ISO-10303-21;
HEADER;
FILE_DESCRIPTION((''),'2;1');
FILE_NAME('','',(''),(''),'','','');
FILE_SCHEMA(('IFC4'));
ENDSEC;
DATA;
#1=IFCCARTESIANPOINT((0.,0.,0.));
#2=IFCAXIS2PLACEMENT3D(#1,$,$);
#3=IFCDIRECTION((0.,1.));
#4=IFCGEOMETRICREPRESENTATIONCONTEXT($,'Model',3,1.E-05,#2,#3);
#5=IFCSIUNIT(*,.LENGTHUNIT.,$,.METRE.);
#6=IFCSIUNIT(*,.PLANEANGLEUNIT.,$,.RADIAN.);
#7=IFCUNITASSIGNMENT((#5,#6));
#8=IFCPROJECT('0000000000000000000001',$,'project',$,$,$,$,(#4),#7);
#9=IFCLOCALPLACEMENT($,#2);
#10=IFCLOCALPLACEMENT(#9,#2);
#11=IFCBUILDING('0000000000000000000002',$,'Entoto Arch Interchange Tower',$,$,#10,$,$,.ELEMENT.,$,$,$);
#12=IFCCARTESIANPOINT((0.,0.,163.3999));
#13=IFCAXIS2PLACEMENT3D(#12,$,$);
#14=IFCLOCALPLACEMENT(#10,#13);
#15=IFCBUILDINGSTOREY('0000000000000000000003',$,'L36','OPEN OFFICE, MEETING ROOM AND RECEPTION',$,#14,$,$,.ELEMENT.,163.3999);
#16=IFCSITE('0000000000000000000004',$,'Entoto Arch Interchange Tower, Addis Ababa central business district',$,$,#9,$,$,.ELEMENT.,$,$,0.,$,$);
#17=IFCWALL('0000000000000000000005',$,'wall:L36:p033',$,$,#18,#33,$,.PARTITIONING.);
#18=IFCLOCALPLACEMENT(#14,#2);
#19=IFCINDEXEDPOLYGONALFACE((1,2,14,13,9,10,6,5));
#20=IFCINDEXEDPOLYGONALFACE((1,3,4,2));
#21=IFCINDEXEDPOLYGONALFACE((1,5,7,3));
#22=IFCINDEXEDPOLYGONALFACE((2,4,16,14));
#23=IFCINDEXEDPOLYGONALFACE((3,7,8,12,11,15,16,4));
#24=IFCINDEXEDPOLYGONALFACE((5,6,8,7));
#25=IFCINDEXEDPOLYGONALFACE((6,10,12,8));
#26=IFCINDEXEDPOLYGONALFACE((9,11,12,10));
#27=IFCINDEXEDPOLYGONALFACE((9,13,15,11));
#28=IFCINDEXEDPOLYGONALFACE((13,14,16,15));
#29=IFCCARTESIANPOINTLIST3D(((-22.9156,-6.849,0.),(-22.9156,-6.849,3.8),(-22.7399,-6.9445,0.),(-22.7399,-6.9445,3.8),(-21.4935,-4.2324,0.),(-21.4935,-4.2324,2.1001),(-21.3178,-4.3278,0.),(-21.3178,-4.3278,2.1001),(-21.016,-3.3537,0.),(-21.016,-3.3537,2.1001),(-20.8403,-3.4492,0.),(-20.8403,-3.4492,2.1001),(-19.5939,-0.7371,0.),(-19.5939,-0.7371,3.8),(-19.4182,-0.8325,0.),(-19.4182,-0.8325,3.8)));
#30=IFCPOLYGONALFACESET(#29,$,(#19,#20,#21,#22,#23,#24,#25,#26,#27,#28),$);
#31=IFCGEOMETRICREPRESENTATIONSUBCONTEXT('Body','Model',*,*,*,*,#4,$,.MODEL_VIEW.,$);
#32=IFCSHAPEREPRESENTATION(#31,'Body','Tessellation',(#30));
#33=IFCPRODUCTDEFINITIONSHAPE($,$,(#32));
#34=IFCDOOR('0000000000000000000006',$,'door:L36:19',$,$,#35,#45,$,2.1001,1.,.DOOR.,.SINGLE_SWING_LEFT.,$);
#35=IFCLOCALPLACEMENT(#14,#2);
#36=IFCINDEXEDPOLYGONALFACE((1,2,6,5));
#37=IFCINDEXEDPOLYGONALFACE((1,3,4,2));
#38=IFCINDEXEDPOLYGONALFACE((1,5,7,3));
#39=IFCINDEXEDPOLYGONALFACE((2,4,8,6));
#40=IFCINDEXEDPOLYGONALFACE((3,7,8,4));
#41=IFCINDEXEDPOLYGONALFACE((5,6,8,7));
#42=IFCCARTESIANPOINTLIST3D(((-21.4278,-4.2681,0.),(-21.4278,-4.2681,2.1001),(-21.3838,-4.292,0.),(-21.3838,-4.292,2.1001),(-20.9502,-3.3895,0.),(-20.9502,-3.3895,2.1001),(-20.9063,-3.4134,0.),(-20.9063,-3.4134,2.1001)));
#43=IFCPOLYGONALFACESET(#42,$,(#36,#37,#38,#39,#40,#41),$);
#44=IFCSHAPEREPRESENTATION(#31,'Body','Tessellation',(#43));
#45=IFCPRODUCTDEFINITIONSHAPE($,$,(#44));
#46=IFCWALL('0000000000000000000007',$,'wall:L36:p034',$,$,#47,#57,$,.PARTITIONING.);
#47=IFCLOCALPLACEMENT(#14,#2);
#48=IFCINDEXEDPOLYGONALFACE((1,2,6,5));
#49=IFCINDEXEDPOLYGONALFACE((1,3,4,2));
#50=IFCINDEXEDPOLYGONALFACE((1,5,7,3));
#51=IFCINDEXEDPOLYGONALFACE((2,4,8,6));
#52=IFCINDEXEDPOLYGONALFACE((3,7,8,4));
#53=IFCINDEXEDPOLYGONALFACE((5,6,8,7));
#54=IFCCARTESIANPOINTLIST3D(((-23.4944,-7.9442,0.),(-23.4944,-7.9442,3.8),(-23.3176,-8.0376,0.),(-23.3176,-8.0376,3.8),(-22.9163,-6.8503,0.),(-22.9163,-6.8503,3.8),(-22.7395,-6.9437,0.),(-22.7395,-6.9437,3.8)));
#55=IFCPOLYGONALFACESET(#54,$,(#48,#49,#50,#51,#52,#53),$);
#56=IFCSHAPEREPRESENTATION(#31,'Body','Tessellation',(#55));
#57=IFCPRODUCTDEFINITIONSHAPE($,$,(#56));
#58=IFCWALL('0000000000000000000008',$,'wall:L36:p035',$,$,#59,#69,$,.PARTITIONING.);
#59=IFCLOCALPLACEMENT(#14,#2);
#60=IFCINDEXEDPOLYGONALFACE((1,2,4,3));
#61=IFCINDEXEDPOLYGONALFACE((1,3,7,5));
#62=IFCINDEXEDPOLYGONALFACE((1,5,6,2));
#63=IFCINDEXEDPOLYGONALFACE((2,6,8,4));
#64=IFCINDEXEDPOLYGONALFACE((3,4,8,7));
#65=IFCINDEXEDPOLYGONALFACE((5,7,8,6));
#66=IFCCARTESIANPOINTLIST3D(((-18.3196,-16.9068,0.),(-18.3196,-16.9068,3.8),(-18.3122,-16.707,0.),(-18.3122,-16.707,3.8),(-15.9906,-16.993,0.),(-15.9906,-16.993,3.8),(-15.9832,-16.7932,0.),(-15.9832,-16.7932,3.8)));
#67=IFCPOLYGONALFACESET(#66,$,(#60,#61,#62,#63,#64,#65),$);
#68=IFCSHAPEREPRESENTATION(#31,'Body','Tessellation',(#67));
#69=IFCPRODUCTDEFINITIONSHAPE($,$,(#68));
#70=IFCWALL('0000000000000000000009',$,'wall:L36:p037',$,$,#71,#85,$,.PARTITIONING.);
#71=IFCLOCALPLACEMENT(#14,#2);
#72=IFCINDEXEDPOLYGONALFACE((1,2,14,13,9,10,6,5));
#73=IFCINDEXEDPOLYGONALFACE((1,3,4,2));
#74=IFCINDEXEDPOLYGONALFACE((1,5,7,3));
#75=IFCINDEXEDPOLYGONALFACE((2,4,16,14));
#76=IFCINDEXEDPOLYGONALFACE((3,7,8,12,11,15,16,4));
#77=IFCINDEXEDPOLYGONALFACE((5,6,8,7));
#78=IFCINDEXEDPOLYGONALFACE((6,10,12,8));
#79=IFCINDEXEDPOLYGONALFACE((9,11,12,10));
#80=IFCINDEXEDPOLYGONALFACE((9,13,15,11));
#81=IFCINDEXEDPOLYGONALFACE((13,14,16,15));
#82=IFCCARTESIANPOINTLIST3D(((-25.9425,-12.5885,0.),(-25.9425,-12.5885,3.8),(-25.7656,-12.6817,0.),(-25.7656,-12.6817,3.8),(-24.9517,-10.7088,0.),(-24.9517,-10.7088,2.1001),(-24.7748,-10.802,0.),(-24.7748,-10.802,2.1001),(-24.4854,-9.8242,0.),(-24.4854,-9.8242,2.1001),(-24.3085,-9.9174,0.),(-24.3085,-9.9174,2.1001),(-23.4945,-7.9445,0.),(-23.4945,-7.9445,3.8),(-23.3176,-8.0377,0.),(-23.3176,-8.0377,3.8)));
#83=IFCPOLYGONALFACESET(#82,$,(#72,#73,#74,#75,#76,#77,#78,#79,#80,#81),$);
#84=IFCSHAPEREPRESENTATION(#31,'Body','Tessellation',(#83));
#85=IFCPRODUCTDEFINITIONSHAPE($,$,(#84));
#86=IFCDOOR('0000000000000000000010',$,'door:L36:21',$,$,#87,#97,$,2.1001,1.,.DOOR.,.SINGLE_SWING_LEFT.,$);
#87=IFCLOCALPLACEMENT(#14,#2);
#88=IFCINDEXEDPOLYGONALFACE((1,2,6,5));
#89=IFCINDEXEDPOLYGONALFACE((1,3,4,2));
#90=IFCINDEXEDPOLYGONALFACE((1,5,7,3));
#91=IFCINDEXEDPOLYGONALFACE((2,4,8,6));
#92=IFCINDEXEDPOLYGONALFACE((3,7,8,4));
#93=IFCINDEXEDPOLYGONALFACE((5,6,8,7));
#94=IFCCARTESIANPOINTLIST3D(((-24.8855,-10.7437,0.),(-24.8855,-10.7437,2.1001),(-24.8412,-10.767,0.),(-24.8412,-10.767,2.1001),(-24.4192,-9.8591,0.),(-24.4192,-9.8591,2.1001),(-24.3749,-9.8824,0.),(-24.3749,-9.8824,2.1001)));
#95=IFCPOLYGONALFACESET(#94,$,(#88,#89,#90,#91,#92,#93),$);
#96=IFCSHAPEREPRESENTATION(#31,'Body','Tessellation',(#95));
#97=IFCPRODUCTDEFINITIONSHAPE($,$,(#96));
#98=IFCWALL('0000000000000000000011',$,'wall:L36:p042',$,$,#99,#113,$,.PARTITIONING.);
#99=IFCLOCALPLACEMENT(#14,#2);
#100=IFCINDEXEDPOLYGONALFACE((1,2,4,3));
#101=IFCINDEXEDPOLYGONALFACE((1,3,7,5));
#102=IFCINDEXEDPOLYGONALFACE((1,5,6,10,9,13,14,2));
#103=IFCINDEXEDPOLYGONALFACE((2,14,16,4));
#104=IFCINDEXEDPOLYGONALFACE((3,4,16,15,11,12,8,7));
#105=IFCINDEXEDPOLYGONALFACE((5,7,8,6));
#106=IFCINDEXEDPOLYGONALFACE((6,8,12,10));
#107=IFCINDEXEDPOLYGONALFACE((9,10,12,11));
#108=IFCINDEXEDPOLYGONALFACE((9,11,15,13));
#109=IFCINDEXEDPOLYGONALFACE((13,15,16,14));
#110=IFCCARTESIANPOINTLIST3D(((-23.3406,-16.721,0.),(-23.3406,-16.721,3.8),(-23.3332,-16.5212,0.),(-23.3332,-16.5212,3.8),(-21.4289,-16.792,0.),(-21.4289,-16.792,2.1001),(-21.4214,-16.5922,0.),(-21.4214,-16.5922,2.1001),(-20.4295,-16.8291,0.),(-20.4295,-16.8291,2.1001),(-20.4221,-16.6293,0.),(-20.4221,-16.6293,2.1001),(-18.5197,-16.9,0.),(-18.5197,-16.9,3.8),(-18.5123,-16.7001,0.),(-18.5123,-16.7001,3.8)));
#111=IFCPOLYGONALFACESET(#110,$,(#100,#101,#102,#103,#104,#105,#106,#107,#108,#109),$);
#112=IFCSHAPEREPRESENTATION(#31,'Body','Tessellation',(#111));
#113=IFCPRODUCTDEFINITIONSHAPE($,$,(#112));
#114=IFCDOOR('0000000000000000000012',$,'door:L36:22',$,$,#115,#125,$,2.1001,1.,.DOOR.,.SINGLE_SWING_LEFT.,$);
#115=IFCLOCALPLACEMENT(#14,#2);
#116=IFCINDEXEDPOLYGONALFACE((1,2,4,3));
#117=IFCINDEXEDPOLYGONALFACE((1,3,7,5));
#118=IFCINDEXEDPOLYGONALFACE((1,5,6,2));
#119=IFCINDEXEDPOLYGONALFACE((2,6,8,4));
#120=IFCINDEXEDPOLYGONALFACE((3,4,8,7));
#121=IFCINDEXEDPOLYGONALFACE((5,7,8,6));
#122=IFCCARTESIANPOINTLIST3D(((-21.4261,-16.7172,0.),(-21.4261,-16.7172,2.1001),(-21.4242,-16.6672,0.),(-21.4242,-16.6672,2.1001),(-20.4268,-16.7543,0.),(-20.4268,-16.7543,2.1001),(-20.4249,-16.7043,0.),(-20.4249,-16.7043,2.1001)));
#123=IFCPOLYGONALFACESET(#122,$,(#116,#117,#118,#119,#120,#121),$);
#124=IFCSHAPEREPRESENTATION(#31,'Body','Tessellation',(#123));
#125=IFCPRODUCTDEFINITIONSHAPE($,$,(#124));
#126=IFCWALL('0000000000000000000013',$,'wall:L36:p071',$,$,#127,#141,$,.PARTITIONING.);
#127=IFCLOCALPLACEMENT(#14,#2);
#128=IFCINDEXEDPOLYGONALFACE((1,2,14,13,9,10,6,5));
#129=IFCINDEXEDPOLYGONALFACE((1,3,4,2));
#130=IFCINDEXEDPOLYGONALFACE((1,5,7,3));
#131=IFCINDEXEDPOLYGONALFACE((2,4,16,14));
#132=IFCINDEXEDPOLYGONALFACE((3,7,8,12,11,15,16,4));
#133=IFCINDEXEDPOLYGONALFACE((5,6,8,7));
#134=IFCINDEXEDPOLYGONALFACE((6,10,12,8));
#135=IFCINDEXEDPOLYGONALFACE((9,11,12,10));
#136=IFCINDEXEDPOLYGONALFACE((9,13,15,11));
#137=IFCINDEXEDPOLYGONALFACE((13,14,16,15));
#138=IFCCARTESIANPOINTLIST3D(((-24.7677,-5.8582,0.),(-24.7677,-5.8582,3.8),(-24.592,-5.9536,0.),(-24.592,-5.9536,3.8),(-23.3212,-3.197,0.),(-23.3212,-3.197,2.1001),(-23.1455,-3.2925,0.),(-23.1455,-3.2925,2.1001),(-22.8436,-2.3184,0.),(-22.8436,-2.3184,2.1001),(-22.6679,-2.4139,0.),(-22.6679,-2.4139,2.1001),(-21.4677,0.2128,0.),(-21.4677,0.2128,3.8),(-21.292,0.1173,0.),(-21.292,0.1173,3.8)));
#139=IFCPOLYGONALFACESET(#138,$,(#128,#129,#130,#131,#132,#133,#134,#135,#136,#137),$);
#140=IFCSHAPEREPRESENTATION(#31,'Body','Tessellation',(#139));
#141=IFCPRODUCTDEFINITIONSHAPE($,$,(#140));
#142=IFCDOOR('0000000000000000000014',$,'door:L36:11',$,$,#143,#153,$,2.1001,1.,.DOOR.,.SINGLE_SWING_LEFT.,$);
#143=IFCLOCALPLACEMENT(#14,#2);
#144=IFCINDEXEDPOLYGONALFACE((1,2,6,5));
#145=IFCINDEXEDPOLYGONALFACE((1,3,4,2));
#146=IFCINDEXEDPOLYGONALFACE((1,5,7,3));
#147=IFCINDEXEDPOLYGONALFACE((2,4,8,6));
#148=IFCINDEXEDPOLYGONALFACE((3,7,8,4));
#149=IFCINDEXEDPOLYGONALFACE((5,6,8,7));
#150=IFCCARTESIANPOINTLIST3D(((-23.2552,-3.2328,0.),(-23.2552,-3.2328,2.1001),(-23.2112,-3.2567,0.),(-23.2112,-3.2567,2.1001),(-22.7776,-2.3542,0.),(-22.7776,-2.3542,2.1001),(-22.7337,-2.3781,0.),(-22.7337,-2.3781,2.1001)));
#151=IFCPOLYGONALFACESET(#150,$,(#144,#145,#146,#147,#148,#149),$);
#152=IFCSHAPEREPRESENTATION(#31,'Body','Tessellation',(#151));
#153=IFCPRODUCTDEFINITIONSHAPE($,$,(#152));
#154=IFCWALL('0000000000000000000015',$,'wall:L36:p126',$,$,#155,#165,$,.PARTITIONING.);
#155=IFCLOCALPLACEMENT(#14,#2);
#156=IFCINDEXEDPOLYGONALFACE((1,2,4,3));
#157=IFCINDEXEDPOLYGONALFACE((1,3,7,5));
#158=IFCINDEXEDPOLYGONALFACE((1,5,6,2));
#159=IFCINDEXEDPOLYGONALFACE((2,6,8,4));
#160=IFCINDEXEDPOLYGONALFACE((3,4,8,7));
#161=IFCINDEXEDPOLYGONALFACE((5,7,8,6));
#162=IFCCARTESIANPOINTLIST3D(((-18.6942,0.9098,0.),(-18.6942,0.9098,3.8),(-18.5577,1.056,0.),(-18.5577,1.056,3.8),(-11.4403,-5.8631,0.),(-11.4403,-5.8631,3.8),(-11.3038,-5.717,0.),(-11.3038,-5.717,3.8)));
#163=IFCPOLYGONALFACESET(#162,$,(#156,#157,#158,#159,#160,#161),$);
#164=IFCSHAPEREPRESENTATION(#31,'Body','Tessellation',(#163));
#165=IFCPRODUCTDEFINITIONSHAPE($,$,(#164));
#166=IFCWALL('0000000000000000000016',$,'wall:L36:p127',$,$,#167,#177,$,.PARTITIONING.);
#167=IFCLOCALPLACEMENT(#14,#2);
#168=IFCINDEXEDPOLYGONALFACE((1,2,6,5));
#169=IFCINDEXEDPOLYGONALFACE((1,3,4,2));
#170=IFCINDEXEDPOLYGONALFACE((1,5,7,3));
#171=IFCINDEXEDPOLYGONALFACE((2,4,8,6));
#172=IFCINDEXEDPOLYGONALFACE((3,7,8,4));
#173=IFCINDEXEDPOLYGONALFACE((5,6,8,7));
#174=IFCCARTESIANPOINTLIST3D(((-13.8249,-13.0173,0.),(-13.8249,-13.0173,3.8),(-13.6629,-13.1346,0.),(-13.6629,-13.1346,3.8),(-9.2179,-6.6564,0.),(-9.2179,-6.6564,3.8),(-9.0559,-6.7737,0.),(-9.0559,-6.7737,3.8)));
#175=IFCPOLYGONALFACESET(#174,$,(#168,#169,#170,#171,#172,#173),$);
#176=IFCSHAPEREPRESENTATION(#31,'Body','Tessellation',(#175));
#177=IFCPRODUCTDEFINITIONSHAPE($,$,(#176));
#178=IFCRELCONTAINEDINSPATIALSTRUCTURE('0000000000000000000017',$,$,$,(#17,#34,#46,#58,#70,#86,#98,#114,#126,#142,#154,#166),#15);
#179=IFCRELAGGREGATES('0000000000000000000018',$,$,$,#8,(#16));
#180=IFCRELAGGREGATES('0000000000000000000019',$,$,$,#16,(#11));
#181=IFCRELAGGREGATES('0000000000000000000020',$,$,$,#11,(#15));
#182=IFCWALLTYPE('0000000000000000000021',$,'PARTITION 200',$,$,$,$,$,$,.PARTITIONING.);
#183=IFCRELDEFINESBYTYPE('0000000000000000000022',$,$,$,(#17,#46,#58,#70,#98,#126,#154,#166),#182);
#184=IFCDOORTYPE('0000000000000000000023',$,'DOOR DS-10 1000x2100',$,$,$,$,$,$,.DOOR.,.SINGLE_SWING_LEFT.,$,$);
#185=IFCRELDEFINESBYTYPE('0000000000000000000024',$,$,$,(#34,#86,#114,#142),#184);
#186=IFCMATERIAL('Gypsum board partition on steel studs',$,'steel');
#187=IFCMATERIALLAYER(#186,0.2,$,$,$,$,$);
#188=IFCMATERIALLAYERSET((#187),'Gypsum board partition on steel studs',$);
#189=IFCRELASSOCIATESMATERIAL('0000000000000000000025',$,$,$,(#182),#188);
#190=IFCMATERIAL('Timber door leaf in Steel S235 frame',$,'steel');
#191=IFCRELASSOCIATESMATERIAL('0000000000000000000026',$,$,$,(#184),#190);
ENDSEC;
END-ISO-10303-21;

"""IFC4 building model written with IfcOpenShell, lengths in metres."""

from ifc_helpers import new_model, si_unit, direction, frame, frame_2d, origin, place, context, subcontext, project, spatial, rectangle, extrude, material, layer, layer_set, type_object, element, fill, save


model = new_model("IFC4")

# Units and contexts
model_context = context("Model", 3, precision=1e-05, world=origin(), true_north=direction((0.0, 1.0)))
body_context = subcontext(model_context, "Body", "Model", "MODEL_VIEW")
ifc_project = project(units=[si_unit("LENGTHUNIT", "METRE"), si_unit("PLANEANGLEUNIT", "RADIAN")], contexts=[model_context])

# Site, building, storey
site_placement = place(None, origin())
site = spatial("IfcSite", under=ifc_project, at=site_placement, Name="Entoto Arch Interchange Tower, Addis Ababa central business district", CompositionType="ELEMENT", RefElevation=0.0)
building_placement = place(site_placement, origin())
building = spatial("IfcBuilding", under=site, at=building_placement, Name="Entoto Arch Interchange Tower", CompositionType="ELEMENT")
storey_placement = place(building_placement, frame((0.0, 0.0, 163.3999)))
storey = spatial("IfcBuildingStorey", under=building, at=storey_placement, Name="L36", Description="OPEN OFFICE, MEETING ROOM AND RECEPTION", CompositionType="ELEMENT", Elevation=163.3999)

# Wall, opening, door
ifc_material_1 = material(Name="Gypsum board partition on steel studs", Category="steel")
ifc_layer = layer(ifc_material_1, 0.2)
ifc_layer_set = layer_set([ifc_layer], Name="Gypsum board partition on steel studs")
wall_type = type_object("IfcWallType", Name="PARTITION 200", PredefinedType="PARTITIONING", material=ifc_layer_set)
wall_1_placement = place(storey_placement, frame((-19.5061, -0.7849, 0.0), z_axis=(0.0, 0.0, 1.0), x_axis=(-0.477514, -0.878624, 0.0)))
wall_1 = element("IfcWall", 1, at=wall_1_placement, inside=storey, type_object=wall_type, Name="wall:L36:p033", PredefinedType="PARTITIONING", context=body_context, shape_type="SweptSolid", body=[
    extrude(rectangle(XDim=6.9563, YDim=0.2, at=frame_2d((3.478, 0.0))), origin(), (0.0, 0.0, 1.0), 3.8),
])
opening_1_placement = place(wall_1_placement, frame((2.978, 0.0, 0.0)))
opening_1 = element("IfcOpeningElement", 2, at=opening_1_placement, cuts=wall_1, PredefinedType="OPENING", context=body_context, shape_type="SweptSolid", body=[
    extrude(rectangle(XDim=1.0, YDim=2.1001, at=frame_2d((0.5, 1.05))), frame((0.0, 0.1099, 0.0), z_axis=(0.0, -1.0, 0.0), x_axis=(1.0, 0.0, 0.0)), (0.0, 0.0, 1.0), 0.22),
])
ifc_material_2 = material(Name="Timber door leaf in Steel S235 frame", Category="steel")
door_type = type_object("IfcDoorType", Name="DOOR DS-10 1000x2100", OperationType="SINGLE_SWING_LEFT", PredefinedType="DOOR", material=ifc_material_2)
door_1_placement = place(opening_1_placement, origin())
door_1 = element("IfcDoor", 3, at=door_1_placement, inside=storey, type_object=door_type, Name="door:L36:19", OperationType="SINGLE_SWING_LEFT", OverallHeight=2.1001, OverallWidth=1.0, PredefinedType="DOOR", context=body_context, shape_type="SweptSolid", body=[
    extrude(rectangle(XDim=1.0, YDim=2.1001, at=frame_2d((0.5, 1.05))), frame((0.0, 0.0249, 0.0), z_axis=(0.0, -1.0, 0.0), x_axis=(1.0, 0.0, 0.0)), (0.0, 0.0, 1.0), 0.05),
])
fill(opening_1, door_1)

# Walls
wall_2_placement = place(storey_placement, frame((-22.8279, -6.897, 0.0), z_axis=(0.0, 0.0, 1.0), x_axis=(-0.467226, -0.884138, 0.0)))
element("IfcWall", 4, at=wall_2_placement, inside=storey, type_object=wall_type, Name="wall:L36:p034", PredefinedType="PARTITIONING", context=body_context, shape_type="SweptSolid", body=[
    extrude(rectangle(XDim=1.2373, YDim=0.2, at=frame_2d((0.6187, 0.0))), origin(), (0.0, 0.0, 1.0), 3.8),
])
wall_3_placement = place(storey_placement, frame((-18.3159, -16.8069, 0.0), z_axis=(0.0, 0.0, 1.0), x_axis=(0.999316, -0.036981, 0.0)))
element("IfcWall", 5, at=wall_3_placement, inside=storey, type_object=wall_type, Name="wall:L36:p035", PredefinedType="PARTITIONING", context=body_context, shape_type="SweptSolid", body=[
    extrude(rectangle(XDim=2.3306, YDim=0.2, at=frame_2d((1.1653, 0.0))), origin(), (0.0, 0.0, 1.0), 3.8),
])

# Walls, openings, doors
wall_4_placement = place(storey_placement, frame((-23.406, -7.991, 0.0), z_axis=(0.0, 0.0, 1.0), x_axis=(-0.466308, -0.884622, 0.0)))
wall_4 = element("IfcWall", 6, at=wall_4_placement, inside=storey, type_object=wall_type, Name="wall:L36:p037", PredefinedType="PARTITIONING", context=body_context, shape_type="SweptSolid", body=[
    extrude(rectangle(XDim=5.2498, YDim=0.2, at=frame_2d((2.625, 0.0))), origin(), (0.0, 0.0, 1.0), 3.8),
])
opening_2_placement = place(wall_4_placement, frame((2.125, 0.0, 0.0)))
opening_2 = element("IfcOpeningElement", 7, at=opening_2_placement, cuts=wall_4, PredefinedType="OPENING", context=body_context, shape_type="SweptSolid", body=[
    extrude(rectangle(XDim=1.0, YDim=2.1001, at=frame_2d((0.5, 1.05))), frame((0.0, 0.1099, 0.0), z_axis=(0.0, -1.0, 0.0), x_axis=(1.0, 0.0, 0.0)), (0.0, 0.0, 1.0), 0.22),
])
door_2_placement = place(opening_2_placement, origin())
door_2 = element("IfcDoor", 8, at=door_2_placement, inside=storey, type_object=door_type, Name="door:L36:21", OperationType="SINGLE_SWING_LEFT", OverallHeight=2.1001, OverallWidth=1.0, PredefinedType="DOOR", context=body_context, shape_type="SweptSolid", body=[
    extrude(rectangle(XDim=1.0, YDim=2.1001, at=frame_2d((0.5, 1.05))), frame((0.0, 0.0249, 0.0), z_axis=(0.0, -1.0, 0.0), x_axis=(1.0, 0.0, 0.0)), (0.0, 0.0, 1.0), 0.05),
])
fill(opening_2, door_2)
wall_5_placement = place(storey_placement, frame((-23.3369, -16.6211, 0.0), z_axis=(0.0, 0.0, 1.0), x_axis=(0.999312, -0.037096, 0.0)))
wall_5 = element("IfcWall", 9, at=wall_5_placement, inside=storey, type_object=wall_type, Name="wall:L36:p042", PredefinedType="PARTITIONING", context=body_context, shape_type="SweptSolid", body=[
    extrude(rectangle(XDim=4.8242, YDim=0.2, at=frame_2d((2.4121, 0.0))), origin(), (0.0, 0.0, 1.0), 3.8),
])
opening_3_placement = place(wall_5_placement, frame((1.9131, 0.0, 0.0)))
opening_3 = element("IfcOpeningElement", 10, at=opening_3_placement, cuts=wall_5, PredefinedType="OPENING", context=body_context, shape_type="SweptSolid", body=[
    extrude(rectangle(XDim=1.0, YDim=2.1001, at=frame_2d((0.5, 1.05))), frame((0.0, 0.1099, 0.0), z_axis=(0.0, -1.0, 0.0), x_axis=(1.0, 0.0, 0.0)), (0.0, 0.0, 1.0), 0.22),
])
door_3_placement = place(opening_3_placement, origin())
door_3 = element("IfcDoor", 11, at=door_3_placement, inside=storey, type_object=door_type, Name="door:L36:22", OperationType="SINGLE_SWING_LEFT", OverallHeight=2.1001, OverallWidth=1.0, PredefinedType="DOOR", context=body_context, shape_type="SweptSolid", body=[
    extrude(rectangle(XDim=1.0, YDim=2.1001, at=frame_2d((0.5, 1.05))), frame((0.0, 0.0249, 0.0), z_axis=(0.0, -1.0, 0.0), x_axis=(1.0, 0.0, 0.0)), (0.0, 0.0, 1.0), 0.05),
])
fill(opening_3, door_3)
wall_6_placement = place(storey_placement, frame((-24.6799, -5.906, 0.0), z_axis=(0.0, 0.0, 1.0), x_axis=(0.477577, 0.87859, 0.0)))
wall_6 = element("IfcWall", 12, at=wall_6_placement, inside=storey, type_object=wall_type, Name="wall:L36:p071", PredefinedType="PARTITIONING", context=body_context, shape_type="SweptSolid", body=[
    extrude(rectangle(XDim=6.9099, YDim=0.2, at=frame_2d((3.4551, 0.0))), origin(), (0.0, 0.0, 1.0), 3.8),
])
opening_4_placement = place(wall_6_placement, frame((3.0291, 0.0, 0.0)))
opening_4 = element("IfcOpeningElement", 13, at=opening_4_placement, cuts=wall_6, PredefinedType="OPENING", context=body_context, shape_type="SweptSolid", body=[
    extrude(rectangle(XDim=1.0, YDim=2.1001, at=frame_2d((0.5, 1.05))), frame((0.0, 0.1099, 0.0), z_axis=(0.0, -1.0, 0.0), x_axis=(1.0, 0.0, 0.0)), (0.0, 0.0, 1.0), 0.22),
])
door_4_placement = place(opening_4_placement, origin())
door_4 = element("IfcDoor", 14, at=door_4_placement, inside=storey, type_object=door_type, Name="door:L36:11", OperationType="SINGLE_SWING_LEFT", OverallHeight=2.1001, OverallWidth=1.0, PredefinedType="DOOR", context=body_context, shape_type="SweptSolid", body=[
    extrude(rectangle(XDim=1.0, YDim=2.1001, at=frame_2d((0.5, 1.05))), frame((0.0, 0.0249, 0.0), z_axis=(0.0, -1.0, 0.0), x_axis=(1.0, 0.0, 0.0)), (0.0, 0.0, 1.0), 0.05),
])
fill(opening_4, door_4)

# Walls
wall_7_placement = place(storey_placement, frame((-11.3721, -5.79, 0.0), z_axis=(0.0, 0.0, 1.0), x_axis=(-0.730923, 0.68246, 0.0)))
element("IfcWall", 15, at=wall_7_placement, inside=storey, type_object=wall_type, Name="wall:L36:p126", PredefinedType="PARTITIONING", context=body_context, shape_type="SweptSolid", body=[
    extrude(rectangle(XDim=9.9243, YDim=0.2, at=frame_2d((4.9622, 0.0))), origin(), (0.0, 0.0, 1.0), 3.8),
])
wall_8_placement = place(storey_placement, frame((-13.7439, -13.0759, 0.0), z_axis=(0.0, 0.0, 1.0), x_axis=(0.586577, 0.809893, 0.0)))
element("IfcWall", 16, at=wall_8_placement, inside=storey, type_object=wall_type, Name="wall:L36:p127", PredefinedType="PARTITIONING", context=body_context, shape_type="SweptSolid", body=[
    extrude(rectangle(XDim=7.854, YDim=0.2, at=frame_2d((3.927, 0.0))), origin(), (0.0, 0.0, 1.0), 3.8),
])

save(model, "model.ifc")
